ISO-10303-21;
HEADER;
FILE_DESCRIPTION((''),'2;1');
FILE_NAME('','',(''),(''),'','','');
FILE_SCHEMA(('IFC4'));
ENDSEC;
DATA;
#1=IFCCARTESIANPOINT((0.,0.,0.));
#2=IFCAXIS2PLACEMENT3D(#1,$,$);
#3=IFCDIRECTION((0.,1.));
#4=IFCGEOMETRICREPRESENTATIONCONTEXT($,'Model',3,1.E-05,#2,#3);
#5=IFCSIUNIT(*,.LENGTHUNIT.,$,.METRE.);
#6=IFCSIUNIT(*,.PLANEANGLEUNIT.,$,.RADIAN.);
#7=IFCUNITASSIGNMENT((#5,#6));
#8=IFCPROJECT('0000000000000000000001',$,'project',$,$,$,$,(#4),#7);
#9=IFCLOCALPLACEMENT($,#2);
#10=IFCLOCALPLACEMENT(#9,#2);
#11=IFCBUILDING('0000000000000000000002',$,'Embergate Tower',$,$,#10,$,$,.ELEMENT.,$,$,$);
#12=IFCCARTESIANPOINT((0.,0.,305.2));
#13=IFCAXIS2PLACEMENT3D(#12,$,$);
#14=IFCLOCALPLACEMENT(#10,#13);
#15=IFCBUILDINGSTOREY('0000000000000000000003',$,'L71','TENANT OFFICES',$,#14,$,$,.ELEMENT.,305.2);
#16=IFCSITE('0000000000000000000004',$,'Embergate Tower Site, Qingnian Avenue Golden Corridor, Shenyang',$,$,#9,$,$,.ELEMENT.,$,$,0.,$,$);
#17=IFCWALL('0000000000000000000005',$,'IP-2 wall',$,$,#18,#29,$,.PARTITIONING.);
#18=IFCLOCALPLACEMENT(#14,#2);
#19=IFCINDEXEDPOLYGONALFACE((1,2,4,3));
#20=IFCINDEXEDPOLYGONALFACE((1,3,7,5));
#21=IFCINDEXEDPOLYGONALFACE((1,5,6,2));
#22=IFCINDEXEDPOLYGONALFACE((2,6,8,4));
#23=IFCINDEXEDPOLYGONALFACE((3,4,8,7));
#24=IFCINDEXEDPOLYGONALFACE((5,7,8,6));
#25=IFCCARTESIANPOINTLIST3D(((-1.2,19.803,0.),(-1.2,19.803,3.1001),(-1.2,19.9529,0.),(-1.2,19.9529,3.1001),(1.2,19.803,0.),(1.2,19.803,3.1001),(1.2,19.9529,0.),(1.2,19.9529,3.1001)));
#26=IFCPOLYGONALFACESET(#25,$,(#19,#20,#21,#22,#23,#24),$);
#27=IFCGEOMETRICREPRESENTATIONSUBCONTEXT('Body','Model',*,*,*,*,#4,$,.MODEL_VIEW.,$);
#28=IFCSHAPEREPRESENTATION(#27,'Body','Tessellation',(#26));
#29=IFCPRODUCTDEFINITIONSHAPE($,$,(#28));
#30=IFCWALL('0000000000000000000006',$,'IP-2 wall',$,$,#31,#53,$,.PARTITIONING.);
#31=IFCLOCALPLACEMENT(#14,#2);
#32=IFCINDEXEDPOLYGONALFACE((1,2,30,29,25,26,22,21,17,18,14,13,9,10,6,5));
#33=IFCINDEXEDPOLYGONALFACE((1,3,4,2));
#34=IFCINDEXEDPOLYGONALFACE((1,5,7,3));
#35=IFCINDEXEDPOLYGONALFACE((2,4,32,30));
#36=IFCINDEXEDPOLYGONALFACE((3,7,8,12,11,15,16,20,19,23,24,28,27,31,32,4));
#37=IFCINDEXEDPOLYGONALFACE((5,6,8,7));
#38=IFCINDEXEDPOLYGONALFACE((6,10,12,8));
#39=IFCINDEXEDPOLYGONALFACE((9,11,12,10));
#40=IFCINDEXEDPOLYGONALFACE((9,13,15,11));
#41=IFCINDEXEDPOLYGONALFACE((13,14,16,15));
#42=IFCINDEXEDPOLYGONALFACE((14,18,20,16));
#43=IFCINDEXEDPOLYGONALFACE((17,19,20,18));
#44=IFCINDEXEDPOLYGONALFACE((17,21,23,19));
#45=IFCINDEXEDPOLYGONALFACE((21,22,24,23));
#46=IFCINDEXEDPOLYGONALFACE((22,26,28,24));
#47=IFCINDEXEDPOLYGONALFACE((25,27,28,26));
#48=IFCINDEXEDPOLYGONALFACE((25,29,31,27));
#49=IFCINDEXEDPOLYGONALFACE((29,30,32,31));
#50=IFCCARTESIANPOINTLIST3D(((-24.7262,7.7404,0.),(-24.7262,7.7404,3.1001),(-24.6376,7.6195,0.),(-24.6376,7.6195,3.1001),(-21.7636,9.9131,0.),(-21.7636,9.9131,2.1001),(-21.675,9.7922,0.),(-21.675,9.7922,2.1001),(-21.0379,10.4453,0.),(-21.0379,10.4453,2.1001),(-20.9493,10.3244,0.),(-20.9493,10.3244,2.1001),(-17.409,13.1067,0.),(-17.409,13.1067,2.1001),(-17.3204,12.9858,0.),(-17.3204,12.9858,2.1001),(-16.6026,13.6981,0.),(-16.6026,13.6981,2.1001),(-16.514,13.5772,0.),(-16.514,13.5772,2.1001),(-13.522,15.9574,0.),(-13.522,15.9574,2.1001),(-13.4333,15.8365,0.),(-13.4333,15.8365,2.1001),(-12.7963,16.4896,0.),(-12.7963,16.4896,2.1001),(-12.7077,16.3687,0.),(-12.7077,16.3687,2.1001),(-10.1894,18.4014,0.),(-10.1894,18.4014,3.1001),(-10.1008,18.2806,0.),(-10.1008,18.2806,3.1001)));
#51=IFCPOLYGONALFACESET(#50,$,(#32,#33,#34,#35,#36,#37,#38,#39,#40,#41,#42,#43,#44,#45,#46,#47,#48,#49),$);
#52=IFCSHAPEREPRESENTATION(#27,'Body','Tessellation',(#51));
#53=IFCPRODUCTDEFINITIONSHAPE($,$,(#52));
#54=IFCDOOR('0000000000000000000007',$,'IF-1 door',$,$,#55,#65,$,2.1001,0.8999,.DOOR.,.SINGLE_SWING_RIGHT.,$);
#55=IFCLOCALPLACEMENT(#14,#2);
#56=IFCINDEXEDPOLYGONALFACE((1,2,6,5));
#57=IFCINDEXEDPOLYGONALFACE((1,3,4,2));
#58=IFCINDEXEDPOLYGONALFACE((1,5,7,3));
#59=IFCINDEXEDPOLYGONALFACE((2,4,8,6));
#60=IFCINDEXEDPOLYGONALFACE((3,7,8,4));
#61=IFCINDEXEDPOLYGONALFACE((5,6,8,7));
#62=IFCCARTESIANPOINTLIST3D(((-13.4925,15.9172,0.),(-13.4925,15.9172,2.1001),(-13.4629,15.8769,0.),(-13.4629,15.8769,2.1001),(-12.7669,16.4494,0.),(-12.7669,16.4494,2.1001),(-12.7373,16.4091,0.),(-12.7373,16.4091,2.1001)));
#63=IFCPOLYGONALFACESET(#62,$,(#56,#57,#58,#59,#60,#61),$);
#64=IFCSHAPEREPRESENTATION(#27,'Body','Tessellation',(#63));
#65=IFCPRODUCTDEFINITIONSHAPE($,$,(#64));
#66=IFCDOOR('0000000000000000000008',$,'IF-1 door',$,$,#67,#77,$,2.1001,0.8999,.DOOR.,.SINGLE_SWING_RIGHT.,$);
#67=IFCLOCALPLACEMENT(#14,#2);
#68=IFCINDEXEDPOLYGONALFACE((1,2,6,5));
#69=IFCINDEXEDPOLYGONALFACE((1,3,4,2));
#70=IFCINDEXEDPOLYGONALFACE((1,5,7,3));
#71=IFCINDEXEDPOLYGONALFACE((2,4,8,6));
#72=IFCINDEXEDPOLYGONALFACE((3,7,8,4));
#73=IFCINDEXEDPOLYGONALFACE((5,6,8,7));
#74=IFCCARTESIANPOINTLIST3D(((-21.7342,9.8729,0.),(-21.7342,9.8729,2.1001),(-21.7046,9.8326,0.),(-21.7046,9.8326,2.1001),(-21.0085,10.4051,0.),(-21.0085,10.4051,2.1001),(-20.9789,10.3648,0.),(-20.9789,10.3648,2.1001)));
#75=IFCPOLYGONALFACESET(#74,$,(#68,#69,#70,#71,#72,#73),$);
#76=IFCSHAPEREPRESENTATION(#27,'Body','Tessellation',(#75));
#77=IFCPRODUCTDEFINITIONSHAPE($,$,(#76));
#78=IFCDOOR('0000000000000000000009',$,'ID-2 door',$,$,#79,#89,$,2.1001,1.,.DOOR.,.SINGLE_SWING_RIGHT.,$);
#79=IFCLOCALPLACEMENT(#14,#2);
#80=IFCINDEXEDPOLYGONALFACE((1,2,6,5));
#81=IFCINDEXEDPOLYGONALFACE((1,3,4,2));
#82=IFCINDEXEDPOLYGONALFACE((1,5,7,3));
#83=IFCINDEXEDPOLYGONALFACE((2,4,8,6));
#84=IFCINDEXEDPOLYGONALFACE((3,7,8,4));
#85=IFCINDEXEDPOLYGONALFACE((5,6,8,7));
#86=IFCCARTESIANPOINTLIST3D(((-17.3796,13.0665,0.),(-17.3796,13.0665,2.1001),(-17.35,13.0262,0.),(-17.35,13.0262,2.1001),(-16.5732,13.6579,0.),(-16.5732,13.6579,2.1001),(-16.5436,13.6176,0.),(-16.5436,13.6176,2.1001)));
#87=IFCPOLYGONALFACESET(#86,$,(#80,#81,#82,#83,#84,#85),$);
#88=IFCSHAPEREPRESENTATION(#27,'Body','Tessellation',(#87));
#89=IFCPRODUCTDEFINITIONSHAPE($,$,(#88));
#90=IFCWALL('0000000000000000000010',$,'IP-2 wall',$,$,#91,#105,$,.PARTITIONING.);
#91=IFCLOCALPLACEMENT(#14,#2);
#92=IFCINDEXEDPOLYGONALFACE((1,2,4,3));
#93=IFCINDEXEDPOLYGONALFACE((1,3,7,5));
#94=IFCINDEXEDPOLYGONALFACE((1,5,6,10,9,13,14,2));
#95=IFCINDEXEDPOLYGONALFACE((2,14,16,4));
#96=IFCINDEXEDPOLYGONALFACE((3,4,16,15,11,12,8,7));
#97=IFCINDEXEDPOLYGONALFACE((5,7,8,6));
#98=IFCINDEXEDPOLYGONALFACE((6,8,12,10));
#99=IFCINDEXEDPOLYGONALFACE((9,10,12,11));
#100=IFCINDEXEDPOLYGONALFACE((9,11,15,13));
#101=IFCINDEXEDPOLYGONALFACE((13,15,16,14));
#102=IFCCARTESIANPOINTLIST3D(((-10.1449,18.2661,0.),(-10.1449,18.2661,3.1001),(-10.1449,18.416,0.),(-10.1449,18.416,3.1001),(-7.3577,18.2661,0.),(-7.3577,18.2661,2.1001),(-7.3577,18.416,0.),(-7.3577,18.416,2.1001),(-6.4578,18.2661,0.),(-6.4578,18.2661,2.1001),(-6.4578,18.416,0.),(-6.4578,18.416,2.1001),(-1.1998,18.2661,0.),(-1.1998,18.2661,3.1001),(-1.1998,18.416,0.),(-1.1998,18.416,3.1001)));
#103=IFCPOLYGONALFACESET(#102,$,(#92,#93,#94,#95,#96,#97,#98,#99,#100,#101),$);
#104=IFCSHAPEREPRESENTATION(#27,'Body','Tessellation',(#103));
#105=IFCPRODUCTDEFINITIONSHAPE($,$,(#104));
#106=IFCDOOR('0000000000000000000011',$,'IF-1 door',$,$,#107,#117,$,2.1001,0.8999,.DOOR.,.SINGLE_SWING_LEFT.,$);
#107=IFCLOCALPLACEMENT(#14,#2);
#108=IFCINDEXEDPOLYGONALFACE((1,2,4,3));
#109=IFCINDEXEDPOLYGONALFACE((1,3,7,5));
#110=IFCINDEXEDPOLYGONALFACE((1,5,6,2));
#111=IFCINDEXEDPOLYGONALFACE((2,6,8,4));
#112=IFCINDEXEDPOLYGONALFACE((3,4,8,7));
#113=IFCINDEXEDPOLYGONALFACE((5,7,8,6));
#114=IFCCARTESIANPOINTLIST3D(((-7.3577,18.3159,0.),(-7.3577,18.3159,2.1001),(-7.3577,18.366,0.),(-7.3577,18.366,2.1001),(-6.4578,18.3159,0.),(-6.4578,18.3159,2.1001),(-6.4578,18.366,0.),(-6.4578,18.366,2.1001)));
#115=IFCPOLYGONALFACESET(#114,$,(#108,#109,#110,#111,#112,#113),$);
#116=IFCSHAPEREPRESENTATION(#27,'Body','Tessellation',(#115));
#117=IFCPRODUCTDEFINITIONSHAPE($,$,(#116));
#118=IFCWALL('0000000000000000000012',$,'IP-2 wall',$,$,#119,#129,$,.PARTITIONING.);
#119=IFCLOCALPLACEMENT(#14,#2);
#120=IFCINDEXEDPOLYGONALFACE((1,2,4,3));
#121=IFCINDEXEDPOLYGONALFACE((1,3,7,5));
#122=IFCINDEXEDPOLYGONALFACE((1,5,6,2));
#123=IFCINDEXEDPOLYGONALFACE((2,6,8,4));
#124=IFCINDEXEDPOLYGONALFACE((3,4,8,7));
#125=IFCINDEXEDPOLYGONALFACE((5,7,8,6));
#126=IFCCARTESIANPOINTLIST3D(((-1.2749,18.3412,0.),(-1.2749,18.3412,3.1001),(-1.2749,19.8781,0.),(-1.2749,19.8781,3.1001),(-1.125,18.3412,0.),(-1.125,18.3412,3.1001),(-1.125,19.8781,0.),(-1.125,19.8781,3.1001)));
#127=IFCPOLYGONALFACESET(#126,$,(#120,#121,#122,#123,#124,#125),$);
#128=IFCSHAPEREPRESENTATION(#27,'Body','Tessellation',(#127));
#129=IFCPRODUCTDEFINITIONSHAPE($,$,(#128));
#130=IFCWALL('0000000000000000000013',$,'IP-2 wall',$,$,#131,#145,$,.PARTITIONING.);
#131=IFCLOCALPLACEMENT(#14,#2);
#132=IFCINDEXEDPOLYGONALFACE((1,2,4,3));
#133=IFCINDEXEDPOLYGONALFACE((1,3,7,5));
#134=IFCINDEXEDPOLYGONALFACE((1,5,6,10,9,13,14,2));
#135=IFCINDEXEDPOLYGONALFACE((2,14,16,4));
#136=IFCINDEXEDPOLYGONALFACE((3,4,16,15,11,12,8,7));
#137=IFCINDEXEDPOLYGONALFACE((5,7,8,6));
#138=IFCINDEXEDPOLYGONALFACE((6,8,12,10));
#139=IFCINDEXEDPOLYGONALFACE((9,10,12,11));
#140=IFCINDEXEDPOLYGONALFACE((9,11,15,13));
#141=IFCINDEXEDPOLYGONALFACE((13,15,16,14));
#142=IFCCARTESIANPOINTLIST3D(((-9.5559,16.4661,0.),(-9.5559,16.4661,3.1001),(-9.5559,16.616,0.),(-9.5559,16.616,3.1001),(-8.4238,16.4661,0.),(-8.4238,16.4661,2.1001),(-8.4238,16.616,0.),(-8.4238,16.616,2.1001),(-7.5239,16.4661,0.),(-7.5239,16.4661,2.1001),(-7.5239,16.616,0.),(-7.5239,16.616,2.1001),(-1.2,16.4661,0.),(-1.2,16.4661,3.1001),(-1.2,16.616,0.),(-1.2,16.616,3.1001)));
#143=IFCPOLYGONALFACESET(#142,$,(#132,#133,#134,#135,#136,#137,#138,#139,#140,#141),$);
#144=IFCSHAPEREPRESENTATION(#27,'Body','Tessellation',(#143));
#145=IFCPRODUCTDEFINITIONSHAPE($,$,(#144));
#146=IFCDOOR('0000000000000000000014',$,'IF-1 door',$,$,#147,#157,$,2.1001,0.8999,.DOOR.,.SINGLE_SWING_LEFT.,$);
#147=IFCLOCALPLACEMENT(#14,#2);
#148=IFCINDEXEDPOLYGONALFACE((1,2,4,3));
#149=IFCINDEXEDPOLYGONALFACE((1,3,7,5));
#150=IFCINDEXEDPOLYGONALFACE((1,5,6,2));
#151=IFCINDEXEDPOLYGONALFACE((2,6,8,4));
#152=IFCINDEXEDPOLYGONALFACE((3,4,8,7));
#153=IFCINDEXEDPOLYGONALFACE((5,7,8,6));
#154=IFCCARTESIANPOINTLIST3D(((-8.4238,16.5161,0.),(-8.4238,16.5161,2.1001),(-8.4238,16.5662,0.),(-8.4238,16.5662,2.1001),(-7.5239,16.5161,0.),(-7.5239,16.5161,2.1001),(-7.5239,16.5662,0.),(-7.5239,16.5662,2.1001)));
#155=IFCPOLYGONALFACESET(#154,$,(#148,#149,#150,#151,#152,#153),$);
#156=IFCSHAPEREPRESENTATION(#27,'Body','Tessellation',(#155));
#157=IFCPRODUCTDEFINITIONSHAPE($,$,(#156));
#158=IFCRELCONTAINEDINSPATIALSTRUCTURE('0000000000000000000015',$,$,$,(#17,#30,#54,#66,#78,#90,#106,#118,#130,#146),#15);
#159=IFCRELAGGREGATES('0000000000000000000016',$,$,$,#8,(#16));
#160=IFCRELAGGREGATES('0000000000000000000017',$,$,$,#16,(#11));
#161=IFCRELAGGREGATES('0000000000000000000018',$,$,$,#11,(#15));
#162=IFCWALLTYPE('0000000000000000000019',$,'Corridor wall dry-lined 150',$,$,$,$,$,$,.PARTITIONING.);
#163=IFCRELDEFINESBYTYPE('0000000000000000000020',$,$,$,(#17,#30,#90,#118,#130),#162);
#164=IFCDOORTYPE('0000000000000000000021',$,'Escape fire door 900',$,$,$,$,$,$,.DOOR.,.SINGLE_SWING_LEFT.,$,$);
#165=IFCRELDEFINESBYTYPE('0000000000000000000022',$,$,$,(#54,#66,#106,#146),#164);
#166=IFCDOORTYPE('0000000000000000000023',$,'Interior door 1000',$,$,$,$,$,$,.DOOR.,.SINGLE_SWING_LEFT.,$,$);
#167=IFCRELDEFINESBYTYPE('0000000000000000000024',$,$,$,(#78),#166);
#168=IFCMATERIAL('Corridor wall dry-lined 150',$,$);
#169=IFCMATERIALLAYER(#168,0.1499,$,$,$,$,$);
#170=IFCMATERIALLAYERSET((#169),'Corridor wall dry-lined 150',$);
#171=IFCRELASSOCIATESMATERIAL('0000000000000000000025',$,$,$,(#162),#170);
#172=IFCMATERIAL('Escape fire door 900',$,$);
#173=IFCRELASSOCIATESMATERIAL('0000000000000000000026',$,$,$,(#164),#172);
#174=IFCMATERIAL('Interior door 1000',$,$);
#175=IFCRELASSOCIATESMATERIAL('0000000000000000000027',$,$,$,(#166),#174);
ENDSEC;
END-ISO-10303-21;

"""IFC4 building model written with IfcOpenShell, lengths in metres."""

from ifc_helpers import new_model, si_unit, direction, frame, frame_2d, origin, place, context, subcontext, project, spatial, rectangle, extrude, source, transform, mapped, material, layer, layer_set, type_object, element, fill, save


model = new_model("IFC4")

# Units and contexts
model_context = context("Model", 3, precision=1e-05, world=origin(), true_north=direction((0.0, 1.0)))
body_context = subcontext(model_context, "Body", "Model", "MODEL_VIEW")
ifc_project = project(units=[si_unit("LENGTHUNIT", "METRE"), si_unit("PLANEANGLEUNIT", "RADIAN")], contexts=[model_context])

# Site, building, storey
site_placement = place(None, origin())
site = spatial("IfcSite", under=ifc_project, at=site_placement, Name="Embergate Tower Site, Qingnian Avenue Golden Corridor, Shenyang", CompositionType="ELEMENT", RefElevation=0.0)
building_placement = place(site_placement, origin())
building = spatial("IfcBuilding", under=site, at=building_placement, Name="Embergate Tower", CompositionType="ELEMENT")
storey_placement = place(building_placement, frame((0.0, 0.0, 305.2)))
storey = spatial("IfcBuildingStorey", under=building, at=storey_placement, Name="L71", Description="TENANT OFFICES", CompositionType="ELEMENT", Elevation=305.2)

# Wall
ifc_material_1 = material(Name="Corridor wall dry-lined 150")
ifc_layer_1 = layer(ifc_material_1, 0.1499)
ifc_layer_set_1 = layer_set([ifc_layer_1], Name="Corridor wall dry-lined 150")
wall_type_1 = type_object("IfcWallType", Name="Corridor wall dry-lined 150", PredefinedType="PARTITIONING", material=ifc_layer_set_1)
shared_shape_1 = source(origin(), body_context, "Body", "SweptSolid", [
    extrude(rectangle(XDim=2.3999, YDim=0.1499, at=frame_2d((1.2, 0.0))), origin(), (0.0, 0.0, 1.0), 3.1001),
])
wall_1_placement = place(storey_placement, frame((-1.2, 19.8779, 0.0), z_axis=(0.0, 0.0, 1.0), x_axis=(1.0, 0.0, 0.0)))
element("IfcWall", 1, at=wall_1_placement, inside=storey, type_object=wall_type_1, Name="IP-2 wall", PredefinedType="PARTITIONING", context=body_context, shape_type="MappedRepresentation", body=[
    mapped(shared_shape_1, transform((0.0, 0.0, 0.0))),
])

# Wall, openings, doors
shared_shape_2 = source(origin(), body_context, "Body", "SweptSolid", [
    extrude(rectangle(XDim=18.0271, YDim=0.1499, at=frame_2d((9.0137, 0.0))), origin(), (0.0, 0.0, 1.0), 3.1001),
])
wall_2_placement = place(storey_placement, frame((-10.145, 18.3411, 0.0), z_axis=(0.0, 0.0, 1.0), x_axis=(-0.806385, -0.591391, 0.0)))
wall_2 = element("IfcWall", 2, at=wall_2_placement, inside=storey, type_object=wall_type_1, Name="IP-2 wall", PredefinedType="PARTITIONING", context=body_context, shape_type="MappedRepresentation", body=[
    mapped(shared_shape_2, transform((0.0, 0.0, 0.0))),
])
shared_shape_3 = source(origin(), body_context, "Body", "SweptSolid", [
    extrude(rectangle(XDim=0.8999, YDim=2.1001, at=frame_2d((0.45, 1.05))), frame((0.0, 0.085, 0.0), z_axis=(0.0, -1.0, 0.0), x_axis=(1.0, 0.0, 0.0)), (0.0, 0.0, 1.0), 0.1699),
])
opening_1_placement = place(wall_2_placement, frame((3.2329, 0.0, 0.0)))
opening_1 = element("IfcOpeningElement", 3, at=opening_1_placement, cuts=wall_2, PredefinedType="OPENING", context=body_context, shape_type="MappedRepresentation", body=[
    mapped(shared_shape_3, transform((0.0, 0.0, 0.0))),
])
shared_shape_4 = source(origin(), body_context, "Body", "SweptSolid", [
    extrude(rectangle(XDim=1.0, YDim=2.1001, at=frame_2d((0.5, 1.05))), frame((0.0, 0.085, 0.0), z_axis=(0.0, -1.0, 0.0), x_axis=(1.0, 0.0, 0.0)), (0.0, 0.0, 1.0), 0.1699),
])
opening_2_placement = place(wall_2_placement, frame((7.9531, 0.0, 0.0)))
opening_2 = element("IfcOpeningElement", 4, at=opening_2_placement, cuts=wall_2, PredefinedType="OPENING", context=body_context, shape_type="MappedRepresentation", body=[
    mapped(shared_shape_4, transform((0.0, 0.0, 0.0))),
])
opening_3_placement = place(wall_2_placement, frame((13.4534, 0.0, 0.0)))
opening_3 = element("IfcOpeningElement", 5, at=opening_3_placement, cuts=wall_2, PredefinedType="OPENING", context=body_context, shape_type="MappedRepresentation", body=[
    mapped(shared_shape_3, transform((0.0, 0.0, 0.0))),
])
ifc_material_2 = material(Name="Escape fire door 900")
door_type_1 = type_object("IfcDoorType", Name="Escape fire door 900", OperationType="SINGLE_SWING_LEFT", PredefinedType="DOOR", material=ifc_material_2)
shared_shape_5 = source(origin(), body_context, "Body", "SweptSolid", [
    extrude(rectangle(XDim=0.8999, YDim=2.1001, at=frame_2d((0.45, 1.05))), frame((0.0, 0.0249, 0.0), z_axis=(0.0, -1.0, 0.0), x_axis=(1.0, 0.0, 0.0)), (0.0, 0.0, 1.0), 0.05),
])
door_1_placement = place(opening_1_placement, origin())
door_1 = element("IfcDoor", 6, at=door_1_placement, inside=storey, type_object=door_type_1, Name="IF-1 door", OperationType="SINGLE_SWING_RIGHT", OverallHeight=2.1001, OverallWidth=0.8999, PredefinedType="DOOR", context=body_context, shape_type="MappedRepresentation", body=[
    mapped(shared_shape_5, transform((0.0, 0.0, 0.0))),
])
fill(opening_1, door_1)
door_2_placement = place(opening_3_placement, origin())
door_2 = element("IfcDoor", 7, at=door_2_placement, inside=storey, type_object=door_type_1, Name="IF-1 door", OperationType="SINGLE_SWING_RIGHT", OverallHeight=2.1001, OverallWidth=0.8999, PredefinedType="DOOR", context=body_context, shape_type="MappedRepresentation", body=[
    mapped(shared_shape_5, transform((0.0, 0.0, 0.0))),
])
fill(opening_3, door_2)
ifc_material_3 = material(Name="Interior door 1000")
door_type_2 = type_object("IfcDoorType", Name="Interior door 1000", OperationType="SINGLE_SWING_LEFT", PredefinedType="DOOR", material=ifc_material_3)
shared_shape_6 = source(origin(), body_context, "Body", "SweptSolid", [
    extrude(rectangle(XDim=1.0, YDim=2.1001, at=frame_2d((0.5, 1.05))), frame((0.0, 0.0249, 0.0), z_axis=(0.0, -1.0, 0.0), x_axis=(1.0, 0.0, 0.0)), (0.0, 0.0, 1.0), 0.05),
])
door_3_placement = place(opening_2_placement, origin())
door_3 = element("IfcDoor", 8, at=door_3_placement, inside=storey, type_object=door_type_2, Name="ID-2 door", OperationType="SINGLE_SWING_RIGHT", OverallHeight=2.1001, OverallWidth=1.0, PredefinedType="DOOR", context=body_context, shape_type="MappedRepresentation", body=[
    mapped(shared_shape_6, transform((0.0, 0.0, 0.0))),
])
fill(opening_2, door_3)

# Wall, opening, door
shared_shape_7 = source(origin(), body_context, "Body", "SweptSolid", [
    extrude(rectangle(XDim=8.9451, YDim=0.1499, at=frame_2d((4.4727, 0.0))), origin(), (0.0, 0.0, 1.0), 3.1001),
])
wall_3_placement = place(storey_placement, frame((-10.145, 18.3411, 0.0), z_axis=(0.0, 0.0, 1.0), x_axis=(1.0, 0.0, 0.0)))
wall_3 = element("IfcWall", 9, at=wall_3_placement, inside=storey, type_object=wall_type_1, Name="IP-2 wall", PredefinedType="PARTITIONING", context=body_context, shape_type="MappedRepresentation", body=[
    mapped(shared_shape_7, transform((0.0, 0.0, 0.0))),
])
opening_4_placement = place(wall_3_placement, frame((2.7874, 0.0, 0.0)))
opening_4 = element("IfcOpeningElement", 10, at=opening_4_placement, cuts=wall_3, PredefinedType="OPENING", context=body_context, shape_type="MappedRepresentation", body=[
    mapped(shared_shape_3, transform((0.0, 0.0, 0.0))),
])
door_4_placement = place(opening_4_placement, origin())
door_4 = element("IfcDoor", 11, at=door_4_placement, inside=storey, type_object=door_type_1, Name="IF-1 door", OperationType="SINGLE_SWING_LEFT", OverallHeight=2.1001, OverallWidth=0.8999, PredefinedType="DOOR", context=body_context, shape_type="MappedRepresentation", body=[
    mapped(shared_shape_5, transform((0.0, 0.0, 0.0))),
])
fill(opening_4, door_4)

# Wall
shared_shape_8 = source(origin(), body_context, "Body", "SweptSolid", [
    extrude(rectangle(XDim=1.5369, YDim=0.1499, at=frame_2d((0.7686, 0.0))), origin(), (0.0, 0.0, 1.0), 3.1001),
])
wall_4_placement = place(storey_placement, frame((-1.2, 18.3411, 0.0), z_axis=(0.0, 0.0, 1.0), x_axis=(0.0, 1.0, 0.0)))
element("IfcWall", 12, at=wall_4_placement, inside=storey, type_object=wall_type_1, Name="IP-2 wall", PredefinedType="PARTITIONING", context=body_context, shape_type="MappedRepresentation", body=[
    mapped(shared_shape_8, transform((0.0, 0.0, 0.0))),
])

# Wall, opening, door
shared_shape_9 = source(origin(), body_context, "Body", "SweptSolid", [
    extrude(rectangle(XDim=8.356, YDim=0.1499, at=frame_2d((4.178, 0.0))), origin(), (0.0, 0.0, 1.0), 3.1001),
])
wall_5_placement = place(storey_placement, frame((-1.2, 16.541, 0.0), z_axis=(0.0, 0.0, 1.0), x_axis=(-1.0, 0.0, 0.0)))
wall_5 = element("IfcWall", 13, at=wall_5_placement, inside=storey, type_object=wall_type_1, Name="IP-2 wall", PredefinedType="PARTITIONING", context=body_context, shape_type="MappedRepresentation", body=[
    mapped(shared_shape_9, transform((0.0, 0.0, 0.0))),
])
opening_5_placement = place(wall_5_placement, frame((6.324, 0.0, 0.0)))
opening_5 = element("IfcOpeningElement", 14, at=opening_5_placement, cuts=wall_5, PredefinedType="OPENING", context=body_context, shape_type="MappedRepresentation", body=[
    mapped(shared_shape_3, transform((0.0, 0.0, 0.0))),
])
door_5_placement = place(opening_5_placement, origin())
door_5 = element("IfcDoor", 15, at=door_5_placement, inside=storey, type_object=door_type_1, Name="IF-1 door", OperationType="SINGLE_SWING_LEFT", OverallHeight=2.1001, OverallWidth=0.8999, PredefinedType="DOOR", context=body_context, shape_type="MappedRepresentation", body=[
    mapped(shared_shape_5, transform((0.0, 0.0, 0.0))),
])
fill(opening_5, door_5)

save(model, "model.ifc")
